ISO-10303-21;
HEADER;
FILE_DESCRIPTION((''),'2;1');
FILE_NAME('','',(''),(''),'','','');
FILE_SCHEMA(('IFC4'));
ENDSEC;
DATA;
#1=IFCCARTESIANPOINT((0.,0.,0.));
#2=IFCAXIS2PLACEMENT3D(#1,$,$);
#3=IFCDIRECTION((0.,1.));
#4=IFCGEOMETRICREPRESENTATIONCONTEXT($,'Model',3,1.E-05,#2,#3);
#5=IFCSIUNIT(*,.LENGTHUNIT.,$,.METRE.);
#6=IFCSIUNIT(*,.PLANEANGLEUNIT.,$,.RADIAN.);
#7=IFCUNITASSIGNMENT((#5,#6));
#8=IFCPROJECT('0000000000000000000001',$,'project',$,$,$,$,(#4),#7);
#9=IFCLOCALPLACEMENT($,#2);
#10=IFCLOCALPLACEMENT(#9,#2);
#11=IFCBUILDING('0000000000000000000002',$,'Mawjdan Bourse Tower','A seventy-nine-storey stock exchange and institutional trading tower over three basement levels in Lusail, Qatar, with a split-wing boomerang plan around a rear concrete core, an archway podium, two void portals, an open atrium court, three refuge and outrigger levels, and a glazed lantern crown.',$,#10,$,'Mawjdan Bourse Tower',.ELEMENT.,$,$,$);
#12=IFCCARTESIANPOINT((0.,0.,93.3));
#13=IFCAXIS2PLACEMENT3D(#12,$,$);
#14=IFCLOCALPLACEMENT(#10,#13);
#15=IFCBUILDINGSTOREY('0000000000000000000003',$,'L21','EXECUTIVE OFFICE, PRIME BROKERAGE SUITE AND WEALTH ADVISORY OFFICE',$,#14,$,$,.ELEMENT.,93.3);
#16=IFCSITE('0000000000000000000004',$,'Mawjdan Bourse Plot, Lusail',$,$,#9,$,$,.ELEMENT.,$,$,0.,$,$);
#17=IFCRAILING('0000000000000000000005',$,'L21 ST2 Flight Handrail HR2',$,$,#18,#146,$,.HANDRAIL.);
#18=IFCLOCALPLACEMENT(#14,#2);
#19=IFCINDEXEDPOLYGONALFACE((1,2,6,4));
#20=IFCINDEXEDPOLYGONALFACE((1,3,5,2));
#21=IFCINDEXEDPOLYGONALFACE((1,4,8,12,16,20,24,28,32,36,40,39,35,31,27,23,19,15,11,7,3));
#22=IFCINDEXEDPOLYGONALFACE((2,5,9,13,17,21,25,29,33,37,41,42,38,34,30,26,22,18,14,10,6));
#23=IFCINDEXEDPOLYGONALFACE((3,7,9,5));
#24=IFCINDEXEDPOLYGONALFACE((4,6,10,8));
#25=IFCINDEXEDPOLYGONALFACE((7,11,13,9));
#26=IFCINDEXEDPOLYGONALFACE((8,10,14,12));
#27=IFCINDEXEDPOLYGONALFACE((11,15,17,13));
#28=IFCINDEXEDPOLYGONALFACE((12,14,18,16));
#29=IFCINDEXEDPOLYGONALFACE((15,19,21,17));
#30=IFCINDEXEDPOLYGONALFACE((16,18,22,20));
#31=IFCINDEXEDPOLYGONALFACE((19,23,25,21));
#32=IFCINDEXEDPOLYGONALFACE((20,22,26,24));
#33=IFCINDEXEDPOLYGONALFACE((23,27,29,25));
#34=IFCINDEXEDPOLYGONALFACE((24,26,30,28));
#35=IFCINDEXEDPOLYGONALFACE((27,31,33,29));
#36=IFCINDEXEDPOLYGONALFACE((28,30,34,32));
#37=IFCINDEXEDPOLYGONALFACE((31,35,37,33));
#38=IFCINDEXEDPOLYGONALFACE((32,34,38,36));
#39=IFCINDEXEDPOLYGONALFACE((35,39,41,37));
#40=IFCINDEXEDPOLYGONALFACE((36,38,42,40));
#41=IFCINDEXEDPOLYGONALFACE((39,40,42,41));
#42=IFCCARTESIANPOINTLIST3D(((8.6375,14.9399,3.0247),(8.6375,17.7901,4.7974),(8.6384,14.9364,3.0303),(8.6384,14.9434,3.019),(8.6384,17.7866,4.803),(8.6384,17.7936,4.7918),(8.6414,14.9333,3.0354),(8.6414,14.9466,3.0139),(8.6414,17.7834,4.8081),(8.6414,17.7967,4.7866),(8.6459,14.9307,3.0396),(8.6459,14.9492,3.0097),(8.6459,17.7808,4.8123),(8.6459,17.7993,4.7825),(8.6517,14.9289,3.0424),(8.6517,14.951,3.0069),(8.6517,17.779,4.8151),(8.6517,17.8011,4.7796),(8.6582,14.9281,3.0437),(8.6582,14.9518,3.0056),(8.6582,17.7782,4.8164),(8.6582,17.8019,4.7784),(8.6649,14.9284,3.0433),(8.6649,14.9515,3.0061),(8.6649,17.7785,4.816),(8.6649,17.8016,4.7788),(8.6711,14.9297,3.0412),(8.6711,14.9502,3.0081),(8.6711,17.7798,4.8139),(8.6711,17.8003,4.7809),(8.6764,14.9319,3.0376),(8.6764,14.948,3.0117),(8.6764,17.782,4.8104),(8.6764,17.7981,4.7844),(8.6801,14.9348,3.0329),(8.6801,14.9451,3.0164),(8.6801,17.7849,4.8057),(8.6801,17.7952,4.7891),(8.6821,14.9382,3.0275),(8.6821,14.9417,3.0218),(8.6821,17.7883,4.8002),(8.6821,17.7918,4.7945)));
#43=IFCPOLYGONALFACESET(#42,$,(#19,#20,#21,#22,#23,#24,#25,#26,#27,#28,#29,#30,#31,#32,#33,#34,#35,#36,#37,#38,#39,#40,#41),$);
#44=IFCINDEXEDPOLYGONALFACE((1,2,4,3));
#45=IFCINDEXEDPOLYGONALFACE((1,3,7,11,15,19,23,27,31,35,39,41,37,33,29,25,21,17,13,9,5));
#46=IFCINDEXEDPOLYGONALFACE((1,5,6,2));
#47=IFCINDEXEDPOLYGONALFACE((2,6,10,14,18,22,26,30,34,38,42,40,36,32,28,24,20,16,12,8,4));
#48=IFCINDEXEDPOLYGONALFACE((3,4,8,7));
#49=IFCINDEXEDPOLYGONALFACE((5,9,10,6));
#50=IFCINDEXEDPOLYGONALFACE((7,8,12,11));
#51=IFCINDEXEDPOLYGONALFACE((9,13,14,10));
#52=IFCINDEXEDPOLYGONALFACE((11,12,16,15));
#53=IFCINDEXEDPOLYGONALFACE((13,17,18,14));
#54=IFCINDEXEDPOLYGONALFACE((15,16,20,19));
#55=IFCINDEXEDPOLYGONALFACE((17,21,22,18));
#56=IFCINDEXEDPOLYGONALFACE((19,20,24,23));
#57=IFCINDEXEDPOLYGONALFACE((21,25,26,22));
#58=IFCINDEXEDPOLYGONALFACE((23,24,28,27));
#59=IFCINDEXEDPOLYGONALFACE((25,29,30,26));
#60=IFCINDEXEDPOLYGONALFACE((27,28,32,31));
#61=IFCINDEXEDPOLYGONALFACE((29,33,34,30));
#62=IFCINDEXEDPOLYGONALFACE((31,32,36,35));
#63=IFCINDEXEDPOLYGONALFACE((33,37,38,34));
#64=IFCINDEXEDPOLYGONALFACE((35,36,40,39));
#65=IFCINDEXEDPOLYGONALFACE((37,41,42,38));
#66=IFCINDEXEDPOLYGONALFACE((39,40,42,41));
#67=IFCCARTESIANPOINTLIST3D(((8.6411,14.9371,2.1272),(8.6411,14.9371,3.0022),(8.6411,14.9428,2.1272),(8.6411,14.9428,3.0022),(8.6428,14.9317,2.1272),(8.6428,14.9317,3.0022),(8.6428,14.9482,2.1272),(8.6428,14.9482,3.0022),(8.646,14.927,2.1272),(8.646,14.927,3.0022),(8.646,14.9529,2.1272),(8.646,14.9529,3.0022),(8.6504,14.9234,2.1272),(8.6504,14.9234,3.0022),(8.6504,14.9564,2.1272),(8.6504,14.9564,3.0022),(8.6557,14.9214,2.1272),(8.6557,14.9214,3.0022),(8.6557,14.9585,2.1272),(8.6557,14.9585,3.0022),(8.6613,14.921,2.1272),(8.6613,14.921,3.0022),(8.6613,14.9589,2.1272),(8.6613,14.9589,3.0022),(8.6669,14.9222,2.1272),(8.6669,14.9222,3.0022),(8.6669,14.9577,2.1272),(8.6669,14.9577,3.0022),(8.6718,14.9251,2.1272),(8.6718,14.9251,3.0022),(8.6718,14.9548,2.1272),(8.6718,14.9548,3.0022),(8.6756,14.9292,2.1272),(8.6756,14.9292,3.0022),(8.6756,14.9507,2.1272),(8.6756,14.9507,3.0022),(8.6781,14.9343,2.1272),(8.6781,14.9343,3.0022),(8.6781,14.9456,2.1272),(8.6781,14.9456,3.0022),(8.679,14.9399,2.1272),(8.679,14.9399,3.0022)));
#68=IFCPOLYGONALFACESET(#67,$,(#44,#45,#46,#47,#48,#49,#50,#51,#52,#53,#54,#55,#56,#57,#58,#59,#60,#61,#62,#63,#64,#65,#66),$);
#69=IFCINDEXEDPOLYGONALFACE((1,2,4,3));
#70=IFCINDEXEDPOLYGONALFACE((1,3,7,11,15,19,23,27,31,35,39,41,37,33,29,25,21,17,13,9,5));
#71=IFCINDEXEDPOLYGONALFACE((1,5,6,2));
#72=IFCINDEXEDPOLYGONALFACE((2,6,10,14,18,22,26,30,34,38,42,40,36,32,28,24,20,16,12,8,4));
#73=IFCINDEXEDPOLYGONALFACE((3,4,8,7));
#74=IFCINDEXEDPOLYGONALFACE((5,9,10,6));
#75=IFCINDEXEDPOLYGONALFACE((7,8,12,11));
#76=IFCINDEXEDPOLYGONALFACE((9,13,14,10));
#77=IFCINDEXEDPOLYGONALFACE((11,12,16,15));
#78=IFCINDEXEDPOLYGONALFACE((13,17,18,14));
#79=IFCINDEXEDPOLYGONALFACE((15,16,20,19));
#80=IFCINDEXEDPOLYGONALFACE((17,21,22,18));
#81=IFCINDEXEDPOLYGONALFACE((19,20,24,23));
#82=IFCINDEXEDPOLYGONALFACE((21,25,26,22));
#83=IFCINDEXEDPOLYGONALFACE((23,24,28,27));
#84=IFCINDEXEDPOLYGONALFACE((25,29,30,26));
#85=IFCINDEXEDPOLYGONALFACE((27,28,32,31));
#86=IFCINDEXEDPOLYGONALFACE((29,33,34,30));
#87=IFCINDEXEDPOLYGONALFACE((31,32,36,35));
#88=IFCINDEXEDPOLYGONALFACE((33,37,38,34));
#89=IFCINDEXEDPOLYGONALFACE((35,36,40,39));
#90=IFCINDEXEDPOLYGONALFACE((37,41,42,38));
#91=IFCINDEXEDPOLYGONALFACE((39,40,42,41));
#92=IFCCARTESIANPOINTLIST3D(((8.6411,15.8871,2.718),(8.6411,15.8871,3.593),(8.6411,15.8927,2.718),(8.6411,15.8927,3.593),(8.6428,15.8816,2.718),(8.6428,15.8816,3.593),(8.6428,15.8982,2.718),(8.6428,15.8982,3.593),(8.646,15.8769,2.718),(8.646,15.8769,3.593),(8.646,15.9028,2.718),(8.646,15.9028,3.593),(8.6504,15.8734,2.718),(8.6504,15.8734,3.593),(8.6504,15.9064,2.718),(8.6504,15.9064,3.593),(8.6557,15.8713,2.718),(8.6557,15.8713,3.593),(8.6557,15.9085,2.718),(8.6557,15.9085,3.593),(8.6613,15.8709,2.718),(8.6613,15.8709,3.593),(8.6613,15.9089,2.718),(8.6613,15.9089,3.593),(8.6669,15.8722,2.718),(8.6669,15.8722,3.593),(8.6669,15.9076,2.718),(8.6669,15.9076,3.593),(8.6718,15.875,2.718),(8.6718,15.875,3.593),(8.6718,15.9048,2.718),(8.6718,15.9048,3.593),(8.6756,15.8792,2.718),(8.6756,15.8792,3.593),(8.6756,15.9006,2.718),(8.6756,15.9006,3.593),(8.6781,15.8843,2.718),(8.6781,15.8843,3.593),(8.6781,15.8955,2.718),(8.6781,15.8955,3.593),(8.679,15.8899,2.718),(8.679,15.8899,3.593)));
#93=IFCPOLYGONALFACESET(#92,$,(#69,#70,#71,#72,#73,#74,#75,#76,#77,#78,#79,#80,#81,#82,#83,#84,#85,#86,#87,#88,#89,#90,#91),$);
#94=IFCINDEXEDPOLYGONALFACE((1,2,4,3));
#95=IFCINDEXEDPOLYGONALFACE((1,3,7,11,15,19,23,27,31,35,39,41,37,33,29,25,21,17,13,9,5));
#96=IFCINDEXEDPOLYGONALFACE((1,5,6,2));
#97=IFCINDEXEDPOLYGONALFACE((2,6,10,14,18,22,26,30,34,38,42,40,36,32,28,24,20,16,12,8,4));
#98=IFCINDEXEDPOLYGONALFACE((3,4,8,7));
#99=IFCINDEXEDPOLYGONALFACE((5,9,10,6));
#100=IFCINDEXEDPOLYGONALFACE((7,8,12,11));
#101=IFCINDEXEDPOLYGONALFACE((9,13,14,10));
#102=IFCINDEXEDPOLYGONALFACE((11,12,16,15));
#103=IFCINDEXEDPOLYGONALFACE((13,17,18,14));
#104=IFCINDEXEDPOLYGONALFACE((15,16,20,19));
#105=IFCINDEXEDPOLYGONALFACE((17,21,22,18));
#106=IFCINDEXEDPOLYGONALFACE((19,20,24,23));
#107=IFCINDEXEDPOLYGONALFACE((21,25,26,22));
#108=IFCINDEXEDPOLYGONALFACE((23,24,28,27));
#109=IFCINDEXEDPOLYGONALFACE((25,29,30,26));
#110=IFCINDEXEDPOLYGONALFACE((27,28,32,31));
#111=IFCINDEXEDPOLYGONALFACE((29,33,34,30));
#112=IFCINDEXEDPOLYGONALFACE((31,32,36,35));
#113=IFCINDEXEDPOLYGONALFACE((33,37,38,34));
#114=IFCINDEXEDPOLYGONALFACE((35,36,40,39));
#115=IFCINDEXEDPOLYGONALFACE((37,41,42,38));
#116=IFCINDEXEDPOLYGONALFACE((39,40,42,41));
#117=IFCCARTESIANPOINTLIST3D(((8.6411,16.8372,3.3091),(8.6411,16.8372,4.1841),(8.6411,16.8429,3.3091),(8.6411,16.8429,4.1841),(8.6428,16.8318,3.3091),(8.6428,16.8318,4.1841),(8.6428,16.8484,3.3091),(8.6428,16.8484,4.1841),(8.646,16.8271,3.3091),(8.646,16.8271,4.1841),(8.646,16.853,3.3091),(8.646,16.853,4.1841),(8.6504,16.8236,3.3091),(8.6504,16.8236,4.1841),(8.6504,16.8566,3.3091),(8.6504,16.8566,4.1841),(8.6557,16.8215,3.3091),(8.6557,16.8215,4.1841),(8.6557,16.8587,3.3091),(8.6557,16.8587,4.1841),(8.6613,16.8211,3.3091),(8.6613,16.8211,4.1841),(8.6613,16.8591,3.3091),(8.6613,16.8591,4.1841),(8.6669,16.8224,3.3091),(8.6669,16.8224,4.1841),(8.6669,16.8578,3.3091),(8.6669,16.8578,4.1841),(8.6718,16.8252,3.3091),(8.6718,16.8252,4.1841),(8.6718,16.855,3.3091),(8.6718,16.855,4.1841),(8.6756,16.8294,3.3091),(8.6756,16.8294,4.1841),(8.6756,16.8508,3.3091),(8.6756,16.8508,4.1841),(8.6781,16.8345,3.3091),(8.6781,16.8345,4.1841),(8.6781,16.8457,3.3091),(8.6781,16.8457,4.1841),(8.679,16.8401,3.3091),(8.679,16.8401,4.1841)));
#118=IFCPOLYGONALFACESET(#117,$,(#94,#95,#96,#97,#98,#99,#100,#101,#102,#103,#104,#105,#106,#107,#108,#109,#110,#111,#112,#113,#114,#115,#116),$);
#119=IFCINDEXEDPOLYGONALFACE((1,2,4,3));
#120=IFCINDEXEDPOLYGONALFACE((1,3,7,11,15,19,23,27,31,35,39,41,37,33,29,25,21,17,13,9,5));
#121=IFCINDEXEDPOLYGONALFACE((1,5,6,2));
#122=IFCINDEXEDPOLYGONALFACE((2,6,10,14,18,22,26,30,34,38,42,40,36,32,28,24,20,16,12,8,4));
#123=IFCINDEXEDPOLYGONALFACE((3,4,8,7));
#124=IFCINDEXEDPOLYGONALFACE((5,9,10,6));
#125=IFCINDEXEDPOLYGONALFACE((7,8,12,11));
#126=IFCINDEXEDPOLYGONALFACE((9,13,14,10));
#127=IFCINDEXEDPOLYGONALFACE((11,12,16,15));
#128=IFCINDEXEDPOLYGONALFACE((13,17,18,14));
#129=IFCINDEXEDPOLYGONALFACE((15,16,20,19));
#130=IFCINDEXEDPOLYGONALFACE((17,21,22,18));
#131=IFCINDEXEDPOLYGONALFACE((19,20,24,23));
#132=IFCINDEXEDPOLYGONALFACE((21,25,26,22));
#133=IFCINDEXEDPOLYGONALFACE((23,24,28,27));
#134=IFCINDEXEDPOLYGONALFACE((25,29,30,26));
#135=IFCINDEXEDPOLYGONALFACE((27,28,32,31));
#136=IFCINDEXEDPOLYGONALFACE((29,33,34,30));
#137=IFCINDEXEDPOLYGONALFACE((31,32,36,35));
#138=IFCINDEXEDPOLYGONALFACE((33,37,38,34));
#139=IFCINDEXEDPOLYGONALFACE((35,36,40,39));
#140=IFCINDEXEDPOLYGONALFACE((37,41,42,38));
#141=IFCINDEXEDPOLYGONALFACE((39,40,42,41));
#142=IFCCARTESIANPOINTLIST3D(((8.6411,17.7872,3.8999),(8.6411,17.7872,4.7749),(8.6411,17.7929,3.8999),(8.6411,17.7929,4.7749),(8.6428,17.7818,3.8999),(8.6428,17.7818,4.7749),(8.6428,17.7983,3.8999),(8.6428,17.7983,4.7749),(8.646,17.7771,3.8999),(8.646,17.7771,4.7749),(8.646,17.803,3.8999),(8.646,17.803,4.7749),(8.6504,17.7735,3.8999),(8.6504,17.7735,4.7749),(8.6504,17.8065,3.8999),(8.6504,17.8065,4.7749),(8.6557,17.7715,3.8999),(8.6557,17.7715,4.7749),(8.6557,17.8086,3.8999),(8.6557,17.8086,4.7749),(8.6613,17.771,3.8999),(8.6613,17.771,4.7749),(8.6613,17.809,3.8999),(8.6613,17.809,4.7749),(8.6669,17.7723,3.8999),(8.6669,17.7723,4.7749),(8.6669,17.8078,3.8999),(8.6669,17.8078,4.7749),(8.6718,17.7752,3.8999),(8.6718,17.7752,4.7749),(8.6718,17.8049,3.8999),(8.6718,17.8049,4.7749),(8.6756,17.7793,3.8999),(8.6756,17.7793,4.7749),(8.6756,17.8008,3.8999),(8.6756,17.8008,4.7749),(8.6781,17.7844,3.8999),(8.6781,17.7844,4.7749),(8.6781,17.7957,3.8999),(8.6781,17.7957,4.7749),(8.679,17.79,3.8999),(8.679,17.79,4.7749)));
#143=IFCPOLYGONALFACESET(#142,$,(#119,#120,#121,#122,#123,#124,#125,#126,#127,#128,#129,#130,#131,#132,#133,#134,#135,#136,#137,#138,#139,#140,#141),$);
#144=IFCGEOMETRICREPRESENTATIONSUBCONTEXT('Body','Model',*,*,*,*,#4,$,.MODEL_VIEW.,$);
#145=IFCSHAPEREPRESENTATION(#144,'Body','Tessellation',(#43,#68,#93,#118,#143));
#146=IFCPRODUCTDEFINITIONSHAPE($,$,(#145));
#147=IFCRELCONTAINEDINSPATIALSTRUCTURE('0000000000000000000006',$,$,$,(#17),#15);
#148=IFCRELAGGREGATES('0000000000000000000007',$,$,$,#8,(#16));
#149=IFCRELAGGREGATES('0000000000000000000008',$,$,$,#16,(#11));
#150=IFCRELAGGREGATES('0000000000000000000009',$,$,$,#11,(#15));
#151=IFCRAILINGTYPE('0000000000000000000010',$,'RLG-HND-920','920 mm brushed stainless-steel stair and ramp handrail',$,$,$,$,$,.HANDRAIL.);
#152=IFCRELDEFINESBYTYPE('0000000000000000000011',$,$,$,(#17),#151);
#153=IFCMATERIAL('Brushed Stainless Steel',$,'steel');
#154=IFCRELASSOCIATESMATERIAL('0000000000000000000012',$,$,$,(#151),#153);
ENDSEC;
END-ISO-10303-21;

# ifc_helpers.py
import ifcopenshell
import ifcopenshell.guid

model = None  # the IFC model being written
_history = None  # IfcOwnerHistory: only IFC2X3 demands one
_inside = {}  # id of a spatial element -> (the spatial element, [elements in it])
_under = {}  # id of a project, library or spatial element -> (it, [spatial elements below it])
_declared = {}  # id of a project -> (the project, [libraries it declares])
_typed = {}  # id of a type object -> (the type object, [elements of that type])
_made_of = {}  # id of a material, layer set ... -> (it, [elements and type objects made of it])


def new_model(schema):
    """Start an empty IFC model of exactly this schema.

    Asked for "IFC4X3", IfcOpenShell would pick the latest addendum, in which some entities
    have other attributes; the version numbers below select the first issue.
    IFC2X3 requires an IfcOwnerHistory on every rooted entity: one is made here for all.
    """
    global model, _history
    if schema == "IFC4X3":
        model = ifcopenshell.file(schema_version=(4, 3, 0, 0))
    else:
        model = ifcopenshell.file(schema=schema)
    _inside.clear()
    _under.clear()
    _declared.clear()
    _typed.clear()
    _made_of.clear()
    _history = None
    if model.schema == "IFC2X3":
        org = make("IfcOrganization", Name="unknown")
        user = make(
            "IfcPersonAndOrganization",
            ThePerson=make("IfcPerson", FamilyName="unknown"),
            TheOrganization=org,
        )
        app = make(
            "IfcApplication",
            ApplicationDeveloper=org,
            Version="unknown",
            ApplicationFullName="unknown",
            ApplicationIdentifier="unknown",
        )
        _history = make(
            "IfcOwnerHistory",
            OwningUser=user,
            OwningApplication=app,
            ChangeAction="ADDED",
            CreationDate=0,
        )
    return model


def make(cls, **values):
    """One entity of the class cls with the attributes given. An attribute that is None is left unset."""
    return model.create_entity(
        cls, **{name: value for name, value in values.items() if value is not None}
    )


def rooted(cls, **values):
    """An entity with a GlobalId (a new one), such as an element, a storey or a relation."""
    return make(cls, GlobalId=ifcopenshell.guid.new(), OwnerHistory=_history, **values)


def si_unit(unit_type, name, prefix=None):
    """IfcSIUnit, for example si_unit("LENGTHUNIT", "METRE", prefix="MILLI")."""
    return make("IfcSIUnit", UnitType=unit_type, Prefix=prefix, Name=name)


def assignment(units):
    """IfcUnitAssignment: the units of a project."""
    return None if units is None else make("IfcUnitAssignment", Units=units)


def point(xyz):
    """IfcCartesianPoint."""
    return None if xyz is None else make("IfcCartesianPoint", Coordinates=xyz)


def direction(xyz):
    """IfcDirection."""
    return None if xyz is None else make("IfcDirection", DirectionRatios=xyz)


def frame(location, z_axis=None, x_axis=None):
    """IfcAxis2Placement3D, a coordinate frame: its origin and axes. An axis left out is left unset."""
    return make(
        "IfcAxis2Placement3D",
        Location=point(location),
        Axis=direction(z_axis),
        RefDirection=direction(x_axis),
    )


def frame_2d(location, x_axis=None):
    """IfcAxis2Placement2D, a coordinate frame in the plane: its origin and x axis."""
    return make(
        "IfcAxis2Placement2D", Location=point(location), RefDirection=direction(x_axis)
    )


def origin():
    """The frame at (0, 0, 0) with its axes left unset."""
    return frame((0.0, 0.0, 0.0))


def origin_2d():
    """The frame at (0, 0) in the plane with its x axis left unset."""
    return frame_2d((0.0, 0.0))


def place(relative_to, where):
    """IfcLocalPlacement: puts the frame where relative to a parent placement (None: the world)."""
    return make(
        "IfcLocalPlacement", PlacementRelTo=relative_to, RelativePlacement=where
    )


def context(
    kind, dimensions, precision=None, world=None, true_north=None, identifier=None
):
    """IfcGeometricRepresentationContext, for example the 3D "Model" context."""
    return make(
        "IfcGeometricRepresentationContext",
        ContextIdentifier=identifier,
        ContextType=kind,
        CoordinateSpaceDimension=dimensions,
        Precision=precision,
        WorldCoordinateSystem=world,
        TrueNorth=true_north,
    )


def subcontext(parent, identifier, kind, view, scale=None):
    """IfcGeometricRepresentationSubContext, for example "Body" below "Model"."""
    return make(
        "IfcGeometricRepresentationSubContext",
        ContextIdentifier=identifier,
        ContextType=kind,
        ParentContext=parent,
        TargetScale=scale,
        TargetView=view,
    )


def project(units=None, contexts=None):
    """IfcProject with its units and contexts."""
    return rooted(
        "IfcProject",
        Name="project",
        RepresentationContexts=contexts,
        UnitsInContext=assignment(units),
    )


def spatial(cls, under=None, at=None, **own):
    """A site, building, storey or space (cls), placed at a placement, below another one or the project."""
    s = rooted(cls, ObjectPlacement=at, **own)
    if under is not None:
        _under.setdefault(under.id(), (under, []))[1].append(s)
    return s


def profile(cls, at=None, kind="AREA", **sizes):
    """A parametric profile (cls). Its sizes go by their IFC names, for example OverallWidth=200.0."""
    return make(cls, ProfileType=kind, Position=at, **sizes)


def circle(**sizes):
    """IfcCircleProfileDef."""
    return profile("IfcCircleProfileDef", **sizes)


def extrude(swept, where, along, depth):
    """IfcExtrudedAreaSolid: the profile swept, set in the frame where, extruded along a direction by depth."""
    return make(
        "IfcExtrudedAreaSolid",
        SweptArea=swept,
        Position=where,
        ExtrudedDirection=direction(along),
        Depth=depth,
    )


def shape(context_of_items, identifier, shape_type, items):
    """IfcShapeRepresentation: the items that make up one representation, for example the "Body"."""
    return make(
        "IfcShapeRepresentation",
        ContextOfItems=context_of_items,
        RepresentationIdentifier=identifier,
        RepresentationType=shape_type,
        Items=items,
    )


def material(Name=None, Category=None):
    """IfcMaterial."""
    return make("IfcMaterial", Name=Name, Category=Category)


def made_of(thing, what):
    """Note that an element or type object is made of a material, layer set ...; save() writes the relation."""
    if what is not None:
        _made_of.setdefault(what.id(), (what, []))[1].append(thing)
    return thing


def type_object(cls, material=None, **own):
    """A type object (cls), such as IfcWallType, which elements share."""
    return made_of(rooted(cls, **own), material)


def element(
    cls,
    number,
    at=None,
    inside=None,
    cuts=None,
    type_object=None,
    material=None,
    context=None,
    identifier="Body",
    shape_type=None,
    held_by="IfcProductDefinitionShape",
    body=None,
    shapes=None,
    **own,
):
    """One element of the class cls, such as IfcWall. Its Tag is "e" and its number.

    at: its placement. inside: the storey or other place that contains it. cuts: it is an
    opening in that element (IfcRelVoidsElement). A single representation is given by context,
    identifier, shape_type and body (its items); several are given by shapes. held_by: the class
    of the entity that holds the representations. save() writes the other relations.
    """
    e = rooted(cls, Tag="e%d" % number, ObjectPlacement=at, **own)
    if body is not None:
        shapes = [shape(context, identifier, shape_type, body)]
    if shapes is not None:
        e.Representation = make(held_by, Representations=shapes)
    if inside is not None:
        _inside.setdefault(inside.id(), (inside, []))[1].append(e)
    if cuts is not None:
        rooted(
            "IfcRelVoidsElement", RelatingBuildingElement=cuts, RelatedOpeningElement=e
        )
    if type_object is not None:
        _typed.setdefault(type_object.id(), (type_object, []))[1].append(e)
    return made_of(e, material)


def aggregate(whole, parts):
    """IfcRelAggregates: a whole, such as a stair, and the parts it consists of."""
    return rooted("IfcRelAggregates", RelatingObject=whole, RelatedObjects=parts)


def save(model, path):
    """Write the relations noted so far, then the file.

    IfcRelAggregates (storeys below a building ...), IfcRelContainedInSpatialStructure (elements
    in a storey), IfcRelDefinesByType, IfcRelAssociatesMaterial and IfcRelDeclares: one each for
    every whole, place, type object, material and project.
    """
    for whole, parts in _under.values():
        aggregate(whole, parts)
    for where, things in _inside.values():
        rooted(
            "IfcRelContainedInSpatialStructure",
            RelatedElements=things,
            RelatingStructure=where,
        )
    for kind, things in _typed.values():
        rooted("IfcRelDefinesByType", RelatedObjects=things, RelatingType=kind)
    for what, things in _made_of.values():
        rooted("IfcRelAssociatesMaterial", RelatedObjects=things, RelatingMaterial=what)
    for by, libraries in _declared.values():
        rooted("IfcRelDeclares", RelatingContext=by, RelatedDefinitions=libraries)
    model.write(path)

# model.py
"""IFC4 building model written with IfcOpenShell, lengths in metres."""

from ifc_helpers import new_model, si_unit, direction, frame, origin, origin_2d, place, context, subcontext, project, spatial, circle, extrude, material, type_object, element, save


model = new_model("IFC4")

# Units and contexts
model_context = context("Model", 3, precision=1e-05, world=origin(), true_north=direction((0.0, 1.0)))
body_context = subcontext(model_context, "Body", "Model", "MODEL_VIEW")
ifc_project = project(units=[si_unit("LENGTHUNIT", "METRE"), si_unit("PLANEANGLEUNIT", "RADIAN")], contexts=[model_context])

# Site, building, storey
site_placement = place(None, origin())
site = spatial("IfcSite", under=ifc_project, at=site_placement, Name="Mawjdan Bourse Plot, Lusail", CompositionType="ELEMENT", RefElevation=0.0)
building_placement = place(site_placement, origin())
building = spatial("IfcBuilding", under=site, at=building_placement, Name="Mawjdan Bourse Tower", Description="A seventy-nine-storey stock exchange and institutional trading tower over three basement levels in Lusail, Qatar, with a split-wing boomerang plan around a rear concrete core, an archway podium, two void portals, an open atrium court, three refuge and outrigger levels, and a glazed lantern crown.", LongName="Mawjdan Bourse Tower", CompositionType="ELEMENT")
storey_placement = place(building_placement, frame((0.0, 0.0, 93.3)))
storey = spatial("IfcBuildingStorey", under=building, at=storey_placement, Name="L21", Description="EXECUTIVE OFFICE, PRIME BROKERAGE SUITE AND WEALTH ADVISORY OFFICE", CompositionType="ELEMENT", Elevation=93.3)

# Railing
ifc_material_1 = material(Name="Brushed Stainless Steel", Category="steel")
railing_type_1 = type_object("IfcRailingType", Name="RLG-HND-920", Description="920 mm brushed stainless-steel stair and ramp handrail", PredefinedType="HANDRAIL", material=ifc_material_1)
for number, where, name in (
    (1, (8.6599, 14.9399, 2.1272), "L21 ST2 Flight Handrail HR2"),
):
    element("IfcRailing", number, at=place(storey_placement, frame(where)), inside=storey, type_object=railing_type_1, Name=name, PredefinedType="HANDRAIL", context=body_context, shape_type="SweptSolid", body=[
        extrude(circle(Radius=0.0225, at=origin_2d()), frame((0.0, 0.0, 0.8975), z_axis=(0.0, 0.849149, 0.528154), x_axis=(-1.0, 0.0, 0.0)), (0.0, 0.0, 1.0), 3.3564),
        extrude(circle(Radius=0.019, at=origin_2d()), origin(), (0.0, 0.0, 1.0), 0.875),
        extrude(circle(Radius=0.019, at=origin_2d()), frame((0.0, 0.95, 0.5908)), (0.0, 0.0, 1.0), 0.875),
        extrude(circle(Radius=0.019, at=origin_2d()), frame((0.0, 1.9001, 1.1819)), (0.0, 0.0, 1.0), 0.875),
        extrude(circle(Radius=0.019, at=origin_2d()), frame((0.0, 2.8501, 1.7727)), (0.0, 0.0, 1.0), 0.875),
    ])

save(model, "model.ifc")
